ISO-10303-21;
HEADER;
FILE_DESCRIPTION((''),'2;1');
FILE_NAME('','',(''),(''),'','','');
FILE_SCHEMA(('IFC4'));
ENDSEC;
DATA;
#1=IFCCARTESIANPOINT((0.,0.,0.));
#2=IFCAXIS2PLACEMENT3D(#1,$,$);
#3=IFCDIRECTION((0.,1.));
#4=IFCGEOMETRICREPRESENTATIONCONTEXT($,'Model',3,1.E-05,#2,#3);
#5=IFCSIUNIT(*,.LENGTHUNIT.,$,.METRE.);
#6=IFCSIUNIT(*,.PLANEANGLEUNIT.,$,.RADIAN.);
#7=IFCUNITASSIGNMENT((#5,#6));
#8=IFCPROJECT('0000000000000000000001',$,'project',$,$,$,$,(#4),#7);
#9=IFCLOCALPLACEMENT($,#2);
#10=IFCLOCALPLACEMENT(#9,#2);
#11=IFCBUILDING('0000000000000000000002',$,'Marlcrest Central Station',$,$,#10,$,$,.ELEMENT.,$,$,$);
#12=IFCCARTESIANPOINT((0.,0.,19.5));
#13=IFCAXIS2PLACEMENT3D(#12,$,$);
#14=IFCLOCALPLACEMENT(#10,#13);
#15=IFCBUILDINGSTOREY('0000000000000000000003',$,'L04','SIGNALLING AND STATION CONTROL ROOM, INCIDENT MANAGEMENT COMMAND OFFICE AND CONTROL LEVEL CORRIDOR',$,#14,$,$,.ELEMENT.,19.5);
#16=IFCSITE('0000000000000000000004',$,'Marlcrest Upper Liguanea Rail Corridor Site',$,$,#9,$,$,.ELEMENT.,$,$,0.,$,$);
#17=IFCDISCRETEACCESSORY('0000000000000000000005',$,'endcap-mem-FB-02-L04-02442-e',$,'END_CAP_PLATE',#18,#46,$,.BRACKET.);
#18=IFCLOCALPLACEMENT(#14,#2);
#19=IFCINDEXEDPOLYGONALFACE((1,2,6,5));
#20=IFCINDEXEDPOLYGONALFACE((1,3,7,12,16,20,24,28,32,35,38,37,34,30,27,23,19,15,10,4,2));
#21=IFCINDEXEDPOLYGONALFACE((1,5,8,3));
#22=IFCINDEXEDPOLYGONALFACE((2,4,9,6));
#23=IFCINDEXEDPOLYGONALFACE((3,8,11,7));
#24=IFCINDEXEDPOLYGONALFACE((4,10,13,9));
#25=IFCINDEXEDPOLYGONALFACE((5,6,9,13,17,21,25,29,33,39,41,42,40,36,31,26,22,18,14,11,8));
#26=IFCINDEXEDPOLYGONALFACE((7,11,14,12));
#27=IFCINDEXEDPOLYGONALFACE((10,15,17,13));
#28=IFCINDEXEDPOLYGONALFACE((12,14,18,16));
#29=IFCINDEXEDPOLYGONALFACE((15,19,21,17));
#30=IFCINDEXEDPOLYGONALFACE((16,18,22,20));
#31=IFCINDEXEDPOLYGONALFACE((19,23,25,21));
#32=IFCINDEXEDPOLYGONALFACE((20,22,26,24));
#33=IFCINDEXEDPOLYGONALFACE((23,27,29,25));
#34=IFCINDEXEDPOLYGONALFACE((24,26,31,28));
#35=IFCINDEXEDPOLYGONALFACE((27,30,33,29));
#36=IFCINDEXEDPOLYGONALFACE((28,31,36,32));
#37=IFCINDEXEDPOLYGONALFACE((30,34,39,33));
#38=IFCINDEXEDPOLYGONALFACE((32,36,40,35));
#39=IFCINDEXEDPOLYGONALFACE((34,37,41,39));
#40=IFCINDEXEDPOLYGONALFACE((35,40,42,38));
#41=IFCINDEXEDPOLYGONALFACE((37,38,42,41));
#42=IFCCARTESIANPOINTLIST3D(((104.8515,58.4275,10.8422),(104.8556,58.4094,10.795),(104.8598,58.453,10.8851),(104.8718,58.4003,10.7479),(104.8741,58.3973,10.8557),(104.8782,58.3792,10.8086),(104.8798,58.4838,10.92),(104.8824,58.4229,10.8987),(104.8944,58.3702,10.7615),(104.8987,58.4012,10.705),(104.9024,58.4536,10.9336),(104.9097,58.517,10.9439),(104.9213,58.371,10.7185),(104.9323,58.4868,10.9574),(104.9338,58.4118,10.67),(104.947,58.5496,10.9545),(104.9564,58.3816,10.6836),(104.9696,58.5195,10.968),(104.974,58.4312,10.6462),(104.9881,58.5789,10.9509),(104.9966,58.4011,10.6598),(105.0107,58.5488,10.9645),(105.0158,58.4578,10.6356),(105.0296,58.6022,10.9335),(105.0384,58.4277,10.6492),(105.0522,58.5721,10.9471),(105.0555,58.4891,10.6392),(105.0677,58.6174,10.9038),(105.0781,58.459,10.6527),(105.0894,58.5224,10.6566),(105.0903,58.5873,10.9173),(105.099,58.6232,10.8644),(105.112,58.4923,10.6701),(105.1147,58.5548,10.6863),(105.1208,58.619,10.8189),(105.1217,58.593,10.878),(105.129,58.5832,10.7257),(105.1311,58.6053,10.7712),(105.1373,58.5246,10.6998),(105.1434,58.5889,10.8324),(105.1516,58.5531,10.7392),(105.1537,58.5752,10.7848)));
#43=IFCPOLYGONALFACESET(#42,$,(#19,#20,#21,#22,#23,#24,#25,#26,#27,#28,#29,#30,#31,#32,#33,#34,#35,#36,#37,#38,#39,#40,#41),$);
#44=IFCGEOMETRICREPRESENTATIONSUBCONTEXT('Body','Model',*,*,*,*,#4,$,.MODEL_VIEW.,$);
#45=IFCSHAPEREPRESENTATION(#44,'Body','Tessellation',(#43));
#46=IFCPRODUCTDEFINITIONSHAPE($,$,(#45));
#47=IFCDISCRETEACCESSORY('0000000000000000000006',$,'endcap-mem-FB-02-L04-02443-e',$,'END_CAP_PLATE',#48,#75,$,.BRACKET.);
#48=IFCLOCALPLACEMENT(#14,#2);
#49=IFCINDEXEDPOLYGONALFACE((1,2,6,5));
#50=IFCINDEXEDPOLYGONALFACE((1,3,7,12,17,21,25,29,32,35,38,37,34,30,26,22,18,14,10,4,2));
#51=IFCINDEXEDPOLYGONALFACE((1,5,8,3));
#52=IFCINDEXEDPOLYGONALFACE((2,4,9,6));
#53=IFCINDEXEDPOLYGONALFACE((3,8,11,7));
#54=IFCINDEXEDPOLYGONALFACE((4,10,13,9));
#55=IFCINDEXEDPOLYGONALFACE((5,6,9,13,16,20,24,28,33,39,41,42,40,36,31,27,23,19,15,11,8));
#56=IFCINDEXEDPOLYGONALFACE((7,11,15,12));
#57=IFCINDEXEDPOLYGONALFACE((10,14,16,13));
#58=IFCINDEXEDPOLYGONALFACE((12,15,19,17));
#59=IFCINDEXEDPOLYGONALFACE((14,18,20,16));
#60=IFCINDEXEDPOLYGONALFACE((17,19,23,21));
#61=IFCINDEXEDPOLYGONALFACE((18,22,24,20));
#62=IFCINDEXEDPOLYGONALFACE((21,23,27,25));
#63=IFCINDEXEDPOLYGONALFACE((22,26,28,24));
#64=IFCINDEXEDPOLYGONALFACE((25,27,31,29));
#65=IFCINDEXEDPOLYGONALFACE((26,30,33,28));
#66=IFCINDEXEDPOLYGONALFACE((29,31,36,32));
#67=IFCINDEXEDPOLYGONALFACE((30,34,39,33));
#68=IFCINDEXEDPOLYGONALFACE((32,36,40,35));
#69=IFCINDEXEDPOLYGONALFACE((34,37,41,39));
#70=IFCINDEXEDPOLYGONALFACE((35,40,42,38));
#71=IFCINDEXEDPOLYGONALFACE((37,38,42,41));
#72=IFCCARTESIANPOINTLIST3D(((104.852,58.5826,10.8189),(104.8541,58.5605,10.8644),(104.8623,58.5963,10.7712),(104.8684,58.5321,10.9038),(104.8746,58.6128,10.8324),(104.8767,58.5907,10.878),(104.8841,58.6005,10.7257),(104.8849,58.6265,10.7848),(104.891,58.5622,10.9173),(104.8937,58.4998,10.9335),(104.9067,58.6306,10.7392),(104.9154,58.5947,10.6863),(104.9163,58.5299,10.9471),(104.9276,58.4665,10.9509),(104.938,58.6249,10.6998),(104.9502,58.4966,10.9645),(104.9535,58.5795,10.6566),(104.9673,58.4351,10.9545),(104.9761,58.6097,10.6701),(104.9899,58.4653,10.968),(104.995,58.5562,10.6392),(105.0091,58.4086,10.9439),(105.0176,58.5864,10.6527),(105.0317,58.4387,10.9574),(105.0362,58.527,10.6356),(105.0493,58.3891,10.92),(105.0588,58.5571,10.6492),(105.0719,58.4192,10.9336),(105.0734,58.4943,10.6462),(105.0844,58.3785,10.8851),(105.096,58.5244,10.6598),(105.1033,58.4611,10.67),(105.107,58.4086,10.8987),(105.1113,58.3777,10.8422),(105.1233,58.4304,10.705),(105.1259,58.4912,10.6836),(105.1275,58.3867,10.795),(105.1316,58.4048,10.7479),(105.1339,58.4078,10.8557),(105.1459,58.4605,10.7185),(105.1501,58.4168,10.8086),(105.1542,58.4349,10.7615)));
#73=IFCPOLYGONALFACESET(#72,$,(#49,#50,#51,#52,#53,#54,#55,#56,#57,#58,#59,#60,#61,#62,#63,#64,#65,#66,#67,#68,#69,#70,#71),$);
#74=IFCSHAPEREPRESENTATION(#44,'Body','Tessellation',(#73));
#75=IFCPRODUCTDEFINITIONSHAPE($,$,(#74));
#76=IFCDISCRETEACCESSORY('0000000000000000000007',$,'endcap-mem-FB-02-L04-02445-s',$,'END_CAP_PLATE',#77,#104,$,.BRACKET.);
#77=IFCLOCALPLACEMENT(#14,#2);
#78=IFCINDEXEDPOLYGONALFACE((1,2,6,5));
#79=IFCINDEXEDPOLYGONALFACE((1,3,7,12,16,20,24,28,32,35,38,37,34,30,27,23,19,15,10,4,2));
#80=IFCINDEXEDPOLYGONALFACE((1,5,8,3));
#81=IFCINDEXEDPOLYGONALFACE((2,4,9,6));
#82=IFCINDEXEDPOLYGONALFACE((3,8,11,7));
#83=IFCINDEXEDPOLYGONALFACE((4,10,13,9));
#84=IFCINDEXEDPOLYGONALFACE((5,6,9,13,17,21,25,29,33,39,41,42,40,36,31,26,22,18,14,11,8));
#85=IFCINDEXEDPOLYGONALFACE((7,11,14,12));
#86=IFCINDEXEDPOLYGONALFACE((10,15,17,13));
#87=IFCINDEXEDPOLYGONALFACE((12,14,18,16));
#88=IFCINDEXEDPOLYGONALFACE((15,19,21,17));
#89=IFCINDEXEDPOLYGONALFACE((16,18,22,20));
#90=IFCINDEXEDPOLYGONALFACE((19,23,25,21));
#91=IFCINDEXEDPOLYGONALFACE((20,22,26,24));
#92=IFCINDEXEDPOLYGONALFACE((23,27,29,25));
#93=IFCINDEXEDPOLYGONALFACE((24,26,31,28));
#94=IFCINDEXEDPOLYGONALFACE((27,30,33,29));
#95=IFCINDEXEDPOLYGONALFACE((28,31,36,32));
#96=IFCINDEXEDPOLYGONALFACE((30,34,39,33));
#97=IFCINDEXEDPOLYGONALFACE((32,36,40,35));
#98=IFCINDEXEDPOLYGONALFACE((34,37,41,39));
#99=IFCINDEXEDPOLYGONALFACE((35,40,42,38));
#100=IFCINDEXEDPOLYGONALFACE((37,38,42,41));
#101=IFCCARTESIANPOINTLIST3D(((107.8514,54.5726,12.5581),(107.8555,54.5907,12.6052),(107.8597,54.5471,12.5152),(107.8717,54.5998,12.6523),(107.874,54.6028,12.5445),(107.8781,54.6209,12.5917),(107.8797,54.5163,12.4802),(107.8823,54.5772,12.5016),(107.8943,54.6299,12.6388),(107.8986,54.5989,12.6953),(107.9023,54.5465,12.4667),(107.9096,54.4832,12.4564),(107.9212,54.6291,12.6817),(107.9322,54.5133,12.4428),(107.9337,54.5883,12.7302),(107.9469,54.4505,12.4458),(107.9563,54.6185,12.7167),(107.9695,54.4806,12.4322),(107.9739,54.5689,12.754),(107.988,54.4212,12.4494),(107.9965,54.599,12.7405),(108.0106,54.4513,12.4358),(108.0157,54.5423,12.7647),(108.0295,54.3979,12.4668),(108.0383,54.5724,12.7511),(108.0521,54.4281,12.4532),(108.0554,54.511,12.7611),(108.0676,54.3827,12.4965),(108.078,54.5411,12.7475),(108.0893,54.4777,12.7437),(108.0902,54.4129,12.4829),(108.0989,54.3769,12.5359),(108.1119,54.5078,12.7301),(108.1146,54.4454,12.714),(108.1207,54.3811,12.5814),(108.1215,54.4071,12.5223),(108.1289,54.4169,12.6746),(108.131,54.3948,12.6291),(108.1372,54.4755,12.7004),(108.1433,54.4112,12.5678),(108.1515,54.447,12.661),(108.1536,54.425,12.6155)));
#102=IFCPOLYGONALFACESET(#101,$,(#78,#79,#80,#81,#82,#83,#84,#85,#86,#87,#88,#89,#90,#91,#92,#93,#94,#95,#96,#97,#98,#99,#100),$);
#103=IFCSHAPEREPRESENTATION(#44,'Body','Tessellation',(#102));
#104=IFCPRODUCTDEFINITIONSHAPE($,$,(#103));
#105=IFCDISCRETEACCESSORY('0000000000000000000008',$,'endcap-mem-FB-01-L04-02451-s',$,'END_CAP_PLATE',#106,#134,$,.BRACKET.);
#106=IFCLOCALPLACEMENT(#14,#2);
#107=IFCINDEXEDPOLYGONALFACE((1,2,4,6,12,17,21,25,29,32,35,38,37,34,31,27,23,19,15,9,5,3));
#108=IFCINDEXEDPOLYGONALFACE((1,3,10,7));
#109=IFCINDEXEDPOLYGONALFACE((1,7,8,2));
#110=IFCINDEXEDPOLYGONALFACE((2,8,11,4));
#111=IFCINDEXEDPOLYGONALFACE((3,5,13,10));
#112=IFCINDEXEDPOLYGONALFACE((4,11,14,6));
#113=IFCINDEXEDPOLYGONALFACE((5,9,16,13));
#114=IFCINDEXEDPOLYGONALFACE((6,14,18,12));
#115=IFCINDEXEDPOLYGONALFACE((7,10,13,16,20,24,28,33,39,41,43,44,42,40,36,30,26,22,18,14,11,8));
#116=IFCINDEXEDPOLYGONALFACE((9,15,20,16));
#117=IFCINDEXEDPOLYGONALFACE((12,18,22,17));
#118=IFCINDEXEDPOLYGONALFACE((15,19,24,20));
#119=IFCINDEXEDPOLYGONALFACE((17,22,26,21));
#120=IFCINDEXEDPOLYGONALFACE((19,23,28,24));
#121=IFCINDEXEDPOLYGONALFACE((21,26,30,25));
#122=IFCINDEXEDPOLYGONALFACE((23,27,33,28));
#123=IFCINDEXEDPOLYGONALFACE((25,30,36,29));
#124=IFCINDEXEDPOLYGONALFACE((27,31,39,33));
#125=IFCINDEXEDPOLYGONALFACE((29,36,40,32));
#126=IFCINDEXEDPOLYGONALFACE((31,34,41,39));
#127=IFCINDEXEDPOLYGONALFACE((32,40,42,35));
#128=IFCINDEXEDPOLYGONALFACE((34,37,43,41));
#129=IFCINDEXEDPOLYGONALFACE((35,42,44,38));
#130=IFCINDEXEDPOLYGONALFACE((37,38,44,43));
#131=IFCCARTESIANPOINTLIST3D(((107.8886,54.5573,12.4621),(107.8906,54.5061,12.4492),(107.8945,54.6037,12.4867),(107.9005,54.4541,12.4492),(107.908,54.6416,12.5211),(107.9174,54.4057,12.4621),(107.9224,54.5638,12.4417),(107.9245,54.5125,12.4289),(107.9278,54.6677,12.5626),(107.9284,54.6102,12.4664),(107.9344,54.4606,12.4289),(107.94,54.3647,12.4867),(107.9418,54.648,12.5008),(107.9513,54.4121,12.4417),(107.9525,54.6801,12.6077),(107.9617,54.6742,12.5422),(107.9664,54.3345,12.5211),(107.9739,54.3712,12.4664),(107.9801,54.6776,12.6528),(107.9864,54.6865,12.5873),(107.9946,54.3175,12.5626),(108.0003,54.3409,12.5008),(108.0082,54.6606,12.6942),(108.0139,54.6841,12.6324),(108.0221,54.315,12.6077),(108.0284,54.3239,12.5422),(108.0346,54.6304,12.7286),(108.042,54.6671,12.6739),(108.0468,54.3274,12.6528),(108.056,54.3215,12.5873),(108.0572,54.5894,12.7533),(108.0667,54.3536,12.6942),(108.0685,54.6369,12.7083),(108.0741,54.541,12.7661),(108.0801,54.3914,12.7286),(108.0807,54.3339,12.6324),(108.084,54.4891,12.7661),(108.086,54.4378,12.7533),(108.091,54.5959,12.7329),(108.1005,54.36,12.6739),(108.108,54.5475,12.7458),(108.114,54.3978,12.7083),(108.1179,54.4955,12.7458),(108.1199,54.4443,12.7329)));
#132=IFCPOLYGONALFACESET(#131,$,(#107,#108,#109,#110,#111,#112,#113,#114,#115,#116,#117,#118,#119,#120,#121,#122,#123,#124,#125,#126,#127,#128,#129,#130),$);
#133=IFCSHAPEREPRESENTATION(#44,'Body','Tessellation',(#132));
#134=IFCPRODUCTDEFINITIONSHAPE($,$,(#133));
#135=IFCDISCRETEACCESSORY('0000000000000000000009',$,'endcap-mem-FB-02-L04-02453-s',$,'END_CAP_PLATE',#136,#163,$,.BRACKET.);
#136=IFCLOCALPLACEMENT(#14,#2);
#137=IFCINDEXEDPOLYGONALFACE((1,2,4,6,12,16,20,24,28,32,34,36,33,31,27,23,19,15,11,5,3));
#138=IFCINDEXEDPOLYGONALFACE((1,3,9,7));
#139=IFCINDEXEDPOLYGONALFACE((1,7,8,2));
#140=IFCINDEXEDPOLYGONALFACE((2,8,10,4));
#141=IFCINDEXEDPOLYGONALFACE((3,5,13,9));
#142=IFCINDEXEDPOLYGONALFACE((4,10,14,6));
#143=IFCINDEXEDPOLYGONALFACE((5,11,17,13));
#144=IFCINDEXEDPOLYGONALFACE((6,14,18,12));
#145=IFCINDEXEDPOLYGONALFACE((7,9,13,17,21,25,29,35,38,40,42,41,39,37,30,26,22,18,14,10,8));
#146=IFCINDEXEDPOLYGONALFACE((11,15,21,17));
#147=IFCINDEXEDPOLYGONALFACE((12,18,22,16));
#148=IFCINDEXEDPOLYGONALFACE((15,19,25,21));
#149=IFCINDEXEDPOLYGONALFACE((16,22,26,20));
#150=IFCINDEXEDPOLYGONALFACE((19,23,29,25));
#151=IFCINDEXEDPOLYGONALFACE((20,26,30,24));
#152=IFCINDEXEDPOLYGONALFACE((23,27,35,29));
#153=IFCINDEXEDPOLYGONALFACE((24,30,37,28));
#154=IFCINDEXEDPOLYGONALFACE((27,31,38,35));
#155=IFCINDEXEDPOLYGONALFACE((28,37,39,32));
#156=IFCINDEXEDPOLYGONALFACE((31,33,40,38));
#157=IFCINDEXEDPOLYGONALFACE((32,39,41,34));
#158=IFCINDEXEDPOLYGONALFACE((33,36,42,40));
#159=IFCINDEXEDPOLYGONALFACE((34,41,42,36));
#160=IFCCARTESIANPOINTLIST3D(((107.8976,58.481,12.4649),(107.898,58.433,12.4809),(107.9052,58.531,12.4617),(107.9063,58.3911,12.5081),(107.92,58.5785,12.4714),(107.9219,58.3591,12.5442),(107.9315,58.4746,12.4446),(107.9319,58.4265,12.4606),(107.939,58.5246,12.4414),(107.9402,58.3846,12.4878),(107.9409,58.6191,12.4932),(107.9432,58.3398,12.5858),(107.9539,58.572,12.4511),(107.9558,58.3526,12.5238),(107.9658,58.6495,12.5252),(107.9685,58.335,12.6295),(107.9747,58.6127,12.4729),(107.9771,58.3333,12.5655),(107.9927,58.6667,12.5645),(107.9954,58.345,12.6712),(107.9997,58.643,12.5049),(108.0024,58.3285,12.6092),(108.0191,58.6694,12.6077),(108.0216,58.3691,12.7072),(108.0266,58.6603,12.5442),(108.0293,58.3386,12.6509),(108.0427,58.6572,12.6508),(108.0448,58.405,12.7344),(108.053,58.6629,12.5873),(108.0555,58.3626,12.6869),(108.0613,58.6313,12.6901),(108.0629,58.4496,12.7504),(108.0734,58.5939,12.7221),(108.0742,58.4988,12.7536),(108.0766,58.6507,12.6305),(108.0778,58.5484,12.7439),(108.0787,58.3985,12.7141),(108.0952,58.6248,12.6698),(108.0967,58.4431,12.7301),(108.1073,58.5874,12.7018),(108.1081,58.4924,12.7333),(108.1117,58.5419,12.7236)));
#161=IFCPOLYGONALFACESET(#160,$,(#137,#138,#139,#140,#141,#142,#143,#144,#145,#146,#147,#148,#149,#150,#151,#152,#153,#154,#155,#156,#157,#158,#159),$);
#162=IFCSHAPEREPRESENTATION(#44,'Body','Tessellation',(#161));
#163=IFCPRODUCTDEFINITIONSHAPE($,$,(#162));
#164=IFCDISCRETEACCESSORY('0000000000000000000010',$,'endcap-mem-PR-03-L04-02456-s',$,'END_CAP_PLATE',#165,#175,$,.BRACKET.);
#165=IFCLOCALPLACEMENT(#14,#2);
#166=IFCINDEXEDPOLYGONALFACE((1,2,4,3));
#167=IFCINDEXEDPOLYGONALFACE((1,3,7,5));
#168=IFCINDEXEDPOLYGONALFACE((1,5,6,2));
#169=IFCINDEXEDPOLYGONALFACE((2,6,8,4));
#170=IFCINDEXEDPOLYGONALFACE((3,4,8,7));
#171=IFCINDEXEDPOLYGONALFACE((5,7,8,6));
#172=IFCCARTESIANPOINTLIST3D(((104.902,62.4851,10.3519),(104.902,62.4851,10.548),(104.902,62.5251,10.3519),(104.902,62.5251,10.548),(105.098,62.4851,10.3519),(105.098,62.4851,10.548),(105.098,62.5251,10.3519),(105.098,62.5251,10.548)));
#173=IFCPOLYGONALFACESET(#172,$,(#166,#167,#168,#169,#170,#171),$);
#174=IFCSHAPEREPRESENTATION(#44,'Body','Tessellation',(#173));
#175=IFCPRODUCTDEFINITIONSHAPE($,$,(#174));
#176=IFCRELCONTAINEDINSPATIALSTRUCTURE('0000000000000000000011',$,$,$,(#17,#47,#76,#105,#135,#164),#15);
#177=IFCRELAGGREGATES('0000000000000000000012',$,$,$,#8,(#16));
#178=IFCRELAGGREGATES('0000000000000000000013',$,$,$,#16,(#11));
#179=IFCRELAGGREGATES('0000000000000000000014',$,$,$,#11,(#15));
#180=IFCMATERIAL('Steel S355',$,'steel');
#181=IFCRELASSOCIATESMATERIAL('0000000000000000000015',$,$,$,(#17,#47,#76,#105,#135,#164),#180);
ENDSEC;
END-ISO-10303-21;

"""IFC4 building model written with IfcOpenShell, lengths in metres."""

from ifc_helpers import new_model, si_unit, direction, frame, origin, origin_2d, place, context, subcontext, project, spatial, rectangle, circle, extrude, material, element, save


model = new_model("IFC4")

# Units and contexts
model_context = context("Model", 3, precision=1e-05, world=origin(), true_north=direction((0.0, 1.0)))
body_context = subcontext(model_context, "Body", "Model", "MODEL_VIEW")
ifc_project = project(units=[si_unit("LENGTHUNIT", "METRE"), si_unit("PLANEANGLEUNIT", "RADIAN")], contexts=[model_context])

# Site, building, storey
site_placement = place(None, origin())
site = spatial("IfcSite", under=ifc_project, at=site_placement, Name="Marlcrest Upper Liguanea Rail Corridor Site", CompositionType="ELEMENT", RefElevation=0.0)
building_placement = place(site_placement, origin())
building = spatial("IfcBuilding", under=site, at=building_placement, Name="Marlcrest Central Station", CompositionType="ELEMENT")
storey_placement = place(building_placement, frame((0.0, 0.0, 19.5)))
storey = spatial("IfcBuildingStorey", under=building, at=storey_placement, Name="L04", Description="SIGNALLING AND STATION CONTROL ROOM, INCIDENT MANAGEMENT COMMAND OFFICE AND CONTROL LEVEL CORRIDOR", CompositionType="ELEMENT", Elevation=19.5)

# Discrete accessories
ifc_material_1 = material(Name="Steel S355", Category="steel")
for number, where, z_axis, x_axis, name in (
    (1, (105.0142, 58.4812, 10.8086), (-0.564531, 0.752708, -0.338728), (-0.8, -0.6, 0.0), "endcap-mem-FB-02-L04-02442-e"),
    (2, (105.0142, 58.5188, 10.8086), (-0.564531, -0.752708, -0.338728), (0.8, -0.6, 0.0), "endcap-mem-FB-02-L04-02443-e"),
    (3, (107.9915, 54.4888, 12.6052), (0.564531, 0.752708, -0.338728), (-0.8, 0.6, 0.0), "endcap-mem-FB-02-L04-02445-s"),
):
    element("IfcDiscreteAccessory", number, at=place(storey_placement, frame(where, z_axis=z_axis, x_axis=x_axis)), inside=storey, material=ifc_material_1, Name=name, ObjectType="END_CAP_PLATE", PredefinedType="BRACKET", context=body_context, shape_type="SweptSolid", body=[
        extrude(circle(Radius=0.1699, at=origin_2d()), origin(), (0.0, 0.0, 1.0), 0.04),
    ])
discrete_accessory_1_placement = place(storey_placement, frame((107.9873, 54.4976, 12.6077), z_axis=(0.846277, 0.161196, -0.50777), x_axis=(-0.187112, 0.982339, 0.0)))
element("IfcDiscreteAccessory", 4, at=discrete_accessory_1_placement, inside=storey, material=ifc_material_1, Name="endcap-mem-FB-01-L04-02451-s", ObjectType="END_CAP_PLATE", PredefinedType="BRACKET", context=body_context, shape_type="SweptSolid", body=[
    extrude(circle(Radius=0.1858, at=origin_2d()), origin(), (0.0, 0.0, 1.0), 0.04),
])
discrete_accessory_2_placement = place(storey_placement, frame((107.9873, 58.5024, 12.6077), z_axis=(0.846277, -0.161196, -0.50777), x_axis=(0.187112, 0.982339, 0.0)))
element("IfcDiscreteAccessory", 5, at=discrete_accessory_2_placement, inside=storey, material=ifc_material_1, Name="endcap-mem-FB-02-L04-02453-s", ObjectType="END_CAP_PLATE", PredefinedType="BRACKET", context=body_context, shape_type="SweptSolid", body=[
    extrude(circle(Radius=0.1699, at=origin_2d()), origin(), (0.0, 0.0, 1.0), 0.04),
])
discrete_accessory_3_placement = place(storey_placement, frame((105.0, 62.4851, 10.45), z_axis=(0.0, 1.0, 0.0), x_axis=(-1.0, 0.0, 0.0)))
element("IfcDiscreteAccessory", 6, at=discrete_accessory_3_placement, inside=storey, material=ifc_material_1, Name="endcap-mem-PR-03-L04-02456-s", ObjectType="END_CAP_PLATE", PredefinedType="BRACKET", context=body_context, shape_type="SweptSolid", body=[
    extrude(rectangle(XDim=0.196, YDim=0.196, at=origin_2d()), origin(), (0.0, 0.0, 1.0), 0.04),
])

save(model, "model.ifc")
